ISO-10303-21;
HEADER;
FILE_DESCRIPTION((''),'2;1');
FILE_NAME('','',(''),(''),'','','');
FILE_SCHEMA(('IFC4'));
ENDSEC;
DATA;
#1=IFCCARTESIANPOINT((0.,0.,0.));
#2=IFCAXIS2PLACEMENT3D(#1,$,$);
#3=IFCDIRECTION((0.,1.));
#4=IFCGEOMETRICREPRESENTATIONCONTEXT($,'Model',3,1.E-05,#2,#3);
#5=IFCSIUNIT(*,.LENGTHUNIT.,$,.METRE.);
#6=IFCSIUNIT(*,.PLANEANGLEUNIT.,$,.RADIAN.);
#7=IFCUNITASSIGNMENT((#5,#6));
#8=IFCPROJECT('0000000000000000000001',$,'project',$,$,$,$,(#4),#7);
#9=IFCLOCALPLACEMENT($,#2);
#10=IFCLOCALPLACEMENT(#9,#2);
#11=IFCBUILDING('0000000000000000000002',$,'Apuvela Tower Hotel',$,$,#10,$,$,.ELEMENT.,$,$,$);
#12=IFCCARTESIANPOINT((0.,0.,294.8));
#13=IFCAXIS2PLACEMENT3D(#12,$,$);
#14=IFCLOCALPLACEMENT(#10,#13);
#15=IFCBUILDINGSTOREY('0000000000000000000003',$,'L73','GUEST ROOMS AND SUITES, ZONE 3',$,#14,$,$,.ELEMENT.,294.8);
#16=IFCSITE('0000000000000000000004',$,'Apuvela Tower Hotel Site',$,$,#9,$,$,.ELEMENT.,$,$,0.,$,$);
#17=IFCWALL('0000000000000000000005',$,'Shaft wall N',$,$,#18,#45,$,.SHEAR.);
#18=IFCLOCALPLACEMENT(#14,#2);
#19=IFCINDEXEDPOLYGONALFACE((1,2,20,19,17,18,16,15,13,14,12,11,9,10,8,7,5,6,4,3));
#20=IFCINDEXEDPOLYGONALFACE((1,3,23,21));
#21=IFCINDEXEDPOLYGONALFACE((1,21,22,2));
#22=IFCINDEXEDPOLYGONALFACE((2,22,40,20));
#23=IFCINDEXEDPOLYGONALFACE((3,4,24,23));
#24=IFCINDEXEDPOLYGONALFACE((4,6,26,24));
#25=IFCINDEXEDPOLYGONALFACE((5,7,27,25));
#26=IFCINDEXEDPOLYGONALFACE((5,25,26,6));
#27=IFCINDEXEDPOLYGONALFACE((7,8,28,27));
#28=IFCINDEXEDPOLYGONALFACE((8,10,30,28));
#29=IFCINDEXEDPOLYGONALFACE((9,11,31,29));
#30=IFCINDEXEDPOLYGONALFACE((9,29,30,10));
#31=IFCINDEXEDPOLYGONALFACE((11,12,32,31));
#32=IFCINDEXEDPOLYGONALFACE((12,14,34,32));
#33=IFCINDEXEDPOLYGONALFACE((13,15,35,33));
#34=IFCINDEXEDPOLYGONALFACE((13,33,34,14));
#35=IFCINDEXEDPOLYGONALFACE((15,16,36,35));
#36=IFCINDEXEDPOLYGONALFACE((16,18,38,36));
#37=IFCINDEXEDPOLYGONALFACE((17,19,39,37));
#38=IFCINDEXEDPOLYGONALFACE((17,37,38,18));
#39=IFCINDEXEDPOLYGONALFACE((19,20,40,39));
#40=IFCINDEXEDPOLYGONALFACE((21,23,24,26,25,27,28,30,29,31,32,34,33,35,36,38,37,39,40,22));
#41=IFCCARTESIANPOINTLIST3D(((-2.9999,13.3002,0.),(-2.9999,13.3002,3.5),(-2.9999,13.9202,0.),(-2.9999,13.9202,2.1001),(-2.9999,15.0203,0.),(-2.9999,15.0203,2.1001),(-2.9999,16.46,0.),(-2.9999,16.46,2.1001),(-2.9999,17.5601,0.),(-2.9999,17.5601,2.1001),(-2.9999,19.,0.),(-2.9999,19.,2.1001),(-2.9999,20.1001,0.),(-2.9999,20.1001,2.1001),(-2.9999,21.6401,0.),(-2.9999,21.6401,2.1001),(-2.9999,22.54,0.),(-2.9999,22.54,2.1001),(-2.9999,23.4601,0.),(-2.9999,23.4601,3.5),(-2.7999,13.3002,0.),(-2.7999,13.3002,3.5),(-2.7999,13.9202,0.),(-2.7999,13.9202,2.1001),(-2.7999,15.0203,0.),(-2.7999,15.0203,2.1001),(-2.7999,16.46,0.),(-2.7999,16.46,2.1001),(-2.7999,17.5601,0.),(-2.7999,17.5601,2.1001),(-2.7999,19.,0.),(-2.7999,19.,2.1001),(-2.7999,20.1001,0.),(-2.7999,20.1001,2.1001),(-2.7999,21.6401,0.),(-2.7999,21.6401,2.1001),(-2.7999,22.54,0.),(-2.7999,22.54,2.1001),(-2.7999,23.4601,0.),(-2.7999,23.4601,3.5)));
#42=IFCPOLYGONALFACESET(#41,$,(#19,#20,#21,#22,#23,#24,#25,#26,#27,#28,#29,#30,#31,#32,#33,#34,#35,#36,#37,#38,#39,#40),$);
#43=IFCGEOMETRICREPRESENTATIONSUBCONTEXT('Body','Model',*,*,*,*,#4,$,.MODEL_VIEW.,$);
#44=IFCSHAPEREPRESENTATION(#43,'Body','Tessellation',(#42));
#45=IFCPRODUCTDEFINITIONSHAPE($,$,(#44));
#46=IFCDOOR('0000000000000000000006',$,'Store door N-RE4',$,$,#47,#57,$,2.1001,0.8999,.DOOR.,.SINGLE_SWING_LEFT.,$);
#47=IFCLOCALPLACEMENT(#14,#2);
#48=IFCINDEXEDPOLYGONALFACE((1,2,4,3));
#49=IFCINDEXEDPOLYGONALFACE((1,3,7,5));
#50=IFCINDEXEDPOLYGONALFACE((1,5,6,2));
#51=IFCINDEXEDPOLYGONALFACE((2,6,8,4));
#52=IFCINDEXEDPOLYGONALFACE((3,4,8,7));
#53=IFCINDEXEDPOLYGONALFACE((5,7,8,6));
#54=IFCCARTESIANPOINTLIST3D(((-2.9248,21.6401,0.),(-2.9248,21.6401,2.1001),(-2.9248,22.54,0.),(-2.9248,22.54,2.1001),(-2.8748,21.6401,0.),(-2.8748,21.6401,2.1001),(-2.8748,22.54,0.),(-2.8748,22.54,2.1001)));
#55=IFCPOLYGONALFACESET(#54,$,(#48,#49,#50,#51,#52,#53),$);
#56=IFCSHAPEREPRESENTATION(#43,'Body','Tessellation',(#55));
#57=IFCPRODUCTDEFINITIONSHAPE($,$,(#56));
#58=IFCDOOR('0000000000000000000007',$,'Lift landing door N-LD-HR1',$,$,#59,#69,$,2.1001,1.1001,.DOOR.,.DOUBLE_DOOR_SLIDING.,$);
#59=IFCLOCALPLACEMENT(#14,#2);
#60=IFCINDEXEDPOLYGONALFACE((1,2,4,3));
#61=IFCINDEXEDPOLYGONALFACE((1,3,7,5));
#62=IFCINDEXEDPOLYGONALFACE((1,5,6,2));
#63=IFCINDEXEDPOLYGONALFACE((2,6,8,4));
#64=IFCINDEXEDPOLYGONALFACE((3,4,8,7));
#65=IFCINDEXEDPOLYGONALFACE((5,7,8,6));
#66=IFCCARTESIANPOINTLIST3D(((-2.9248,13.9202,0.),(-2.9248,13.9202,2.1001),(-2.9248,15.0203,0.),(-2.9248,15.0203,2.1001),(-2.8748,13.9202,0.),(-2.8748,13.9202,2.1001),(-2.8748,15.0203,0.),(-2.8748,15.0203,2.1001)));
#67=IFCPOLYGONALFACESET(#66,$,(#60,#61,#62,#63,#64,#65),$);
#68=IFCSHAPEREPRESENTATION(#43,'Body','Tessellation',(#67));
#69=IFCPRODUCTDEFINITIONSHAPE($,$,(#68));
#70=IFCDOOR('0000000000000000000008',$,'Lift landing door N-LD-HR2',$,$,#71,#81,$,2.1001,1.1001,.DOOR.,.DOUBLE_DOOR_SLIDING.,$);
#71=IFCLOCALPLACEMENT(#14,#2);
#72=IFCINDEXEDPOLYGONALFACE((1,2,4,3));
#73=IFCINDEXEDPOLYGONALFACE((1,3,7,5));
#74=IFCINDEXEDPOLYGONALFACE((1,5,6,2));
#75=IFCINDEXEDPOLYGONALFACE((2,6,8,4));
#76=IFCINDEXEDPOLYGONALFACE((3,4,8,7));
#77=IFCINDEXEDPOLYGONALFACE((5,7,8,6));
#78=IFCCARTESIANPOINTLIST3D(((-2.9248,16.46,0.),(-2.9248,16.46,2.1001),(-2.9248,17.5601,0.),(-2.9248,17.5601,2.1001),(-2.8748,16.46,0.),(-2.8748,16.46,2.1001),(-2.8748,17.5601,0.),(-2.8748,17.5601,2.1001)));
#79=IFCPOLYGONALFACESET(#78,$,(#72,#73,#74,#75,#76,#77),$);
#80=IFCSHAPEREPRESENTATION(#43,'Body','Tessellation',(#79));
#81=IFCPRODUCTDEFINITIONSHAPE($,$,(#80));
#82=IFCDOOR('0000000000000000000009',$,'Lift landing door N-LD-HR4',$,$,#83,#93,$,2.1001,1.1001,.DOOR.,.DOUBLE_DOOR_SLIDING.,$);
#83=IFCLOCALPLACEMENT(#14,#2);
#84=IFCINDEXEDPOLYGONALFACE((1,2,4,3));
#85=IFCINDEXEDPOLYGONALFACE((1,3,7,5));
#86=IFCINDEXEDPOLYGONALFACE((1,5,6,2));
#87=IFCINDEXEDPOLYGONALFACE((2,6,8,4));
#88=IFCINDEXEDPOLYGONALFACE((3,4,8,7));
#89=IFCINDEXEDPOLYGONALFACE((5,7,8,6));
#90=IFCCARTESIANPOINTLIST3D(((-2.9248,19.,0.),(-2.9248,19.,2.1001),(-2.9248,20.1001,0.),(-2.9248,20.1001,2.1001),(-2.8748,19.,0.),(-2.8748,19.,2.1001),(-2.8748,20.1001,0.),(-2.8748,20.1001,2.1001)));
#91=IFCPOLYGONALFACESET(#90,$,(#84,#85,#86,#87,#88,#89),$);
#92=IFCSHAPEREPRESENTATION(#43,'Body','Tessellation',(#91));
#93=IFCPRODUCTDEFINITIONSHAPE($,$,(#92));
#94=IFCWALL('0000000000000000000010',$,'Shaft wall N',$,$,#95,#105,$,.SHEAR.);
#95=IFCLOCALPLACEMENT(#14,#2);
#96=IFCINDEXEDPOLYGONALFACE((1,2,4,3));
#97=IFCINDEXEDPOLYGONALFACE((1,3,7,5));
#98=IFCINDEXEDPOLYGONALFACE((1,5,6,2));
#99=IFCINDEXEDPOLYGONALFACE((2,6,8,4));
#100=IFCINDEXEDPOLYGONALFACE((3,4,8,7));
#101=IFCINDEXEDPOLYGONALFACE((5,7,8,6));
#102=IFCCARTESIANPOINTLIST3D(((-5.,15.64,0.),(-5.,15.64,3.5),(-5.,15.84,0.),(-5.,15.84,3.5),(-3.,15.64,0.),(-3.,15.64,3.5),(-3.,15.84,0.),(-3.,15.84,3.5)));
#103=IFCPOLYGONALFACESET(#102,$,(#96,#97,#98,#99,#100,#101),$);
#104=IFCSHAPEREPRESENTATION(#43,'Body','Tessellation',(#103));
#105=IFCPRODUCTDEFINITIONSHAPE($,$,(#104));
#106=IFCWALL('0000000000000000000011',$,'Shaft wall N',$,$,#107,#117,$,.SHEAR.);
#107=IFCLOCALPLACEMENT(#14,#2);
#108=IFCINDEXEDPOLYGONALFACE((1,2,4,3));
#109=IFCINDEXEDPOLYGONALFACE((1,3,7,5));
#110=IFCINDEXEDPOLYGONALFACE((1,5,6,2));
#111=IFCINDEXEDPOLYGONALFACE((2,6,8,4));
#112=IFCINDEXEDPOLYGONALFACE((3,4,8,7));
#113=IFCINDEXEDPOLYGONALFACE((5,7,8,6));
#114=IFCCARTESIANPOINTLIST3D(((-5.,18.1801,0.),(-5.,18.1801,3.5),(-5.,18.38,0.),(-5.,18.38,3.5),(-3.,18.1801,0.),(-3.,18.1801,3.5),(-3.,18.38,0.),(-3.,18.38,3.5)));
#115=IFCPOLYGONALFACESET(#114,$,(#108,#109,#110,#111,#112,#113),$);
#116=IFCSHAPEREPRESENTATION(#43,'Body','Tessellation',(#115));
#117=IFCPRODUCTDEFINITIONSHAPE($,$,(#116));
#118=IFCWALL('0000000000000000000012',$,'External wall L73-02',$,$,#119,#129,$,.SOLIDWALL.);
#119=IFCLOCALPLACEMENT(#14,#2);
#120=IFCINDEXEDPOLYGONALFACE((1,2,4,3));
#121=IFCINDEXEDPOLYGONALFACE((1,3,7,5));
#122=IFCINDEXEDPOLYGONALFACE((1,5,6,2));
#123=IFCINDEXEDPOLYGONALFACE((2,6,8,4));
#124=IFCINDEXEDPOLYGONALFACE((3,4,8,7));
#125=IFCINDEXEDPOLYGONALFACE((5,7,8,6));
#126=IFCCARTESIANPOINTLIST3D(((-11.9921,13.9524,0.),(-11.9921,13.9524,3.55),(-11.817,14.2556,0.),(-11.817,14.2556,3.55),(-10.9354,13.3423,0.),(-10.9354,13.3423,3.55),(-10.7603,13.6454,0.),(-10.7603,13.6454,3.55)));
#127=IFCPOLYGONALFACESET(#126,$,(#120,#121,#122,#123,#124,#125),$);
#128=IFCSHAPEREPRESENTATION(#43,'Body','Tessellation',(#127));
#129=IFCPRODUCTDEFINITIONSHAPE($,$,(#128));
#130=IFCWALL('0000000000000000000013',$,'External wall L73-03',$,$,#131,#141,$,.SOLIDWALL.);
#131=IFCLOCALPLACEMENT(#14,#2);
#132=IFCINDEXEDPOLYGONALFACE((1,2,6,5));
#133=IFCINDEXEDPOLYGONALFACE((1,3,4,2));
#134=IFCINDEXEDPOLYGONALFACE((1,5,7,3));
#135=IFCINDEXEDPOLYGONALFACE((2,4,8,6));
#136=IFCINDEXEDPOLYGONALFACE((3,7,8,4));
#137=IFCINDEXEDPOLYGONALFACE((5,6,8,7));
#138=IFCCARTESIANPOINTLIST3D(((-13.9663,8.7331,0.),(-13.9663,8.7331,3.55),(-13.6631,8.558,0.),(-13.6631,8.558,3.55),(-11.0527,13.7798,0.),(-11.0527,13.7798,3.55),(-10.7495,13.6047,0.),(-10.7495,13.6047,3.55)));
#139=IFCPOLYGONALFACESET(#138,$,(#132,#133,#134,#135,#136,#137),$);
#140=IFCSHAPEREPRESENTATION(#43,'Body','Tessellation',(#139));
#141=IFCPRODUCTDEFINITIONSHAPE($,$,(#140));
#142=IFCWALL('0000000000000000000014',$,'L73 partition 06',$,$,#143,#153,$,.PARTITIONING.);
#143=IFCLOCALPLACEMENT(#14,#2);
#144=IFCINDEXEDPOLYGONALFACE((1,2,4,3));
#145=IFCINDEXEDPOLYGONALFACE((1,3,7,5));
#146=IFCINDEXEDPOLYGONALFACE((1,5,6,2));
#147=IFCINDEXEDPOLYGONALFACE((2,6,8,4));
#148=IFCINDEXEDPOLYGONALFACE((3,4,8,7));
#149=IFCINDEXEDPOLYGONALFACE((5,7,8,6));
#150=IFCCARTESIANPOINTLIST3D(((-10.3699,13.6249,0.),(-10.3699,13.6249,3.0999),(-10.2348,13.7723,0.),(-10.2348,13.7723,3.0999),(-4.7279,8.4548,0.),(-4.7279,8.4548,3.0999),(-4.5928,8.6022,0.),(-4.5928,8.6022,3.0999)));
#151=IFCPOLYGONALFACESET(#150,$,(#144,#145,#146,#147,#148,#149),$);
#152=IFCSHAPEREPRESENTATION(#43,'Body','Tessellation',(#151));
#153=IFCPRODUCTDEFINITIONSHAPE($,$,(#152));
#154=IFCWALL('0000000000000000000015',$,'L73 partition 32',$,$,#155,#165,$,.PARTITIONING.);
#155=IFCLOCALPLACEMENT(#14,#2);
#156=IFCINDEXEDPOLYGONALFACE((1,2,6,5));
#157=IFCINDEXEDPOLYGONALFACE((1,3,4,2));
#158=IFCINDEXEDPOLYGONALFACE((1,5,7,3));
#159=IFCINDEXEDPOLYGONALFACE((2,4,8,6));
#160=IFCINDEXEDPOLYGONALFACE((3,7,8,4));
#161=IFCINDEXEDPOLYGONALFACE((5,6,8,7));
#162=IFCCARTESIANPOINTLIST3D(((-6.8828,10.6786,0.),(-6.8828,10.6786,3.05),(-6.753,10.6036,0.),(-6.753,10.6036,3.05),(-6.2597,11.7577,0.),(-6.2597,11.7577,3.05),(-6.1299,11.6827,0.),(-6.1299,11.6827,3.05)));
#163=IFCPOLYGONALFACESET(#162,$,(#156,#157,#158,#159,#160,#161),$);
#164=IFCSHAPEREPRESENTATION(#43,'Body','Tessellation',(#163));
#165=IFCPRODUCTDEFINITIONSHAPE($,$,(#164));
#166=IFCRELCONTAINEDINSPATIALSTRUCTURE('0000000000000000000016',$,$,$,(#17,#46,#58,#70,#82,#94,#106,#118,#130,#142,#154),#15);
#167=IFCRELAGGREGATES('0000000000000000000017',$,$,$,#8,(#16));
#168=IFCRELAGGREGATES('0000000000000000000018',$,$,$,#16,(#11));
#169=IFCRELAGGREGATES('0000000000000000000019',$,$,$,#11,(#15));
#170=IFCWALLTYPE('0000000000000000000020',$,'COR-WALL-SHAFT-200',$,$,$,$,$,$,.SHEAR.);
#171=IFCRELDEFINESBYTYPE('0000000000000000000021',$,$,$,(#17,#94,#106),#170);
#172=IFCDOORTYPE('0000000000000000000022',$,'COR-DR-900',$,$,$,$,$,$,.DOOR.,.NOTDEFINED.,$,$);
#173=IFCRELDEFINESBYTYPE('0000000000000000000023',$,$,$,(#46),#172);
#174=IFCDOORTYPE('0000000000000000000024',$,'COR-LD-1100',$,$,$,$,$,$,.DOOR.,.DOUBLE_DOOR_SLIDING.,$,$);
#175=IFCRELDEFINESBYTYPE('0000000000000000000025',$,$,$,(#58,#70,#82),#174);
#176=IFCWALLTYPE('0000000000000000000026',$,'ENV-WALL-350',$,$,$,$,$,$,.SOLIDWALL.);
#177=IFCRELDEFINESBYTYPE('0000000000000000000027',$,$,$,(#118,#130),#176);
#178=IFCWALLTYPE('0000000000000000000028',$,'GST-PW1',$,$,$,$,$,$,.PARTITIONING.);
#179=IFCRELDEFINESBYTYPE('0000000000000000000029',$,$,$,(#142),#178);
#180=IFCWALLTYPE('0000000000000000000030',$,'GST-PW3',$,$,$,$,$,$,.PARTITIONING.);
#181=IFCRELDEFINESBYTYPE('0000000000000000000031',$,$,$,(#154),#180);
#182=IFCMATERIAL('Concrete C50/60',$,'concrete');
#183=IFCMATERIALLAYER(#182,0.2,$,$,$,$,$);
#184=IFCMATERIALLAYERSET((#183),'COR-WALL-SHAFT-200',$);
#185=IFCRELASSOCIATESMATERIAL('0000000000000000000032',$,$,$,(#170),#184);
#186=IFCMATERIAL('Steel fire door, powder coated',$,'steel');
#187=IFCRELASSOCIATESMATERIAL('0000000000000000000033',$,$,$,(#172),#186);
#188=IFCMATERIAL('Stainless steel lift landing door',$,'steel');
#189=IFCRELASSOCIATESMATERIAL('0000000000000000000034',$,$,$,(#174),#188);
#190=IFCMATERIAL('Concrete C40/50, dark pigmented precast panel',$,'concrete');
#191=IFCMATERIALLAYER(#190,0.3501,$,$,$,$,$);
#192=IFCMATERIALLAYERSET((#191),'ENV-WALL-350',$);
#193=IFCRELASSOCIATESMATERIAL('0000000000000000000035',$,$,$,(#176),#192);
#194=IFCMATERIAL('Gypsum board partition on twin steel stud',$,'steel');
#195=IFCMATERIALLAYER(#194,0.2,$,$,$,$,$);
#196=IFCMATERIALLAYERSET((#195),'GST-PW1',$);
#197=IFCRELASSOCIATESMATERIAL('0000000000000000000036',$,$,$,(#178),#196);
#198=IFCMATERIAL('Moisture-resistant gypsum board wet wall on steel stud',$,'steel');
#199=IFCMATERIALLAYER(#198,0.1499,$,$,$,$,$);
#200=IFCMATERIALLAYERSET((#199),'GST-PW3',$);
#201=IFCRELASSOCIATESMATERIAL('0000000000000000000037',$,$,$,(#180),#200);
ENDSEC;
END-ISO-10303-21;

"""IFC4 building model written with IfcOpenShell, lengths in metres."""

from ifc_helpers import new_model, si_unit, direction, frame, frame_2d, origin, place, context, subcontext, project, spatial, rectangle, extrude, material, layer, layer_set, type_object, element, fill, save


model = new_model("IFC4")

# Units and contexts
model_context = context("Model", 3, precision=1e-05, world=origin(), true_north=direction((0.0, 1.0)))
body_context = subcontext(model_context, "Body", "Model", "MODEL_VIEW")
ifc_project = project(units=[si_unit("LENGTHUNIT", "METRE"), si_unit("PLANEANGLEUNIT", "RADIAN")], contexts=[model_context])

# Site, building, storey
site_placement = place(None, origin())
site = spatial("IfcSite", under=ifc_project, at=site_placement, Name="Apuvela Tower Hotel Site", CompositionType="ELEMENT", RefElevation=0.0)
building_placement = place(site_placement, origin())
building = spatial("IfcBuilding", under=site, at=building_placement, Name="Apuvela Tower Hotel", CompositionType="ELEMENT")
storey_placement = place(building_placement, frame((0.0, 0.0, 294.8)))
storey = spatial("IfcBuildingStorey", under=building, at=storey_placement, Name="L73", Description="GUEST ROOMS AND SUITES, ZONE 3", CompositionType="ELEMENT", Elevation=294.8)

# Shared definitions
ifc_material_1 = material(Name="Concrete C50/60", Category="concrete")
ifc_layer_1 = layer(ifc_material_1, 0.2)
ifc_layer_set_1 = layer_set([ifc_layer_1], Name="COR-WALL-SHAFT-200")
wall_type_1 = type_object("IfcWallType", Name="COR-WALL-SHAFT-200", PredefinedType="SHEAR", material=ifc_layer_set_1)

# Wall, openings, doors
wall_1_placement = place(storey_placement, frame((-2.8999, 13.3, 0.0), z_axis=(0.0, 0.0, 1.0), x_axis=(0.0, 1.0, 0.0)))
wall_1 = element("IfcWall", 1, at=wall_1_placement, inside=storey, type_object=wall_type_1, Name="Shaft wall N", PredefinedType="SHEAR", context=body_context, shape_type="SweptSolid", body=[
    extrude(rectangle(XDim=10.1599, YDim=0.2, at=frame_2d((5.0801, 0.0))), origin(), (0.0, 0.0, 1.0), 3.5),
])
opening_1_placement = place(wall_1_placement, frame((0.6201, 0.0, 0.0)))
opening_1 = element("IfcOpeningElement", 2, at=opening_1_placement, cuts=wall_1, PredefinedType="OPENING", context=body_context, shape_type="SweptSolid", body=[
    extrude(rectangle(XDim=1.1001, YDim=2.1001, at=frame_2d((0.55, 1.05))), frame((0.0, 0.1099, 0.0), z_axis=(0.0, -1.0, 0.0), x_axis=(1.0, 0.0, 0.0)), (0.0, 0.0, 1.0), 0.22),
])
opening_2_placement = place(wall_1_placement, frame((3.1599, 0.0, 0.0)))
opening_2 = element("IfcOpeningElement", 3, at=opening_2_placement, cuts=wall_1, PredefinedType="OPENING", context=body_context, shape_type="SweptSolid", body=[
    extrude(rectangle(XDim=1.1001, YDim=2.1001, at=frame_2d((0.55, 1.05))), frame((0.0, 0.1099, 0.0), z_axis=(0.0, -1.0, 0.0), x_axis=(1.0, 0.0, 0.0)), (0.0, 0.0, 1.0), 0.22),
])
opening_3_placement = place(wall_1_placement, frame((5.7, 0.0, 0.0)))
opening_3 = element("IfcOpeningElement", 4, at=opening_3_placement, cuts=wall_1, PredefinedType="OPENING", context=body_context, shape_type="SweptSolid", body=[
    extrude(rectangle(XDim=1.1001, YDim=2.1001, at=frame_2d((0.55, 1.05))), frame((0.0, 0.1099, 0.0), z_axis=(0.0, -1.0, 0.0), x_axis=(1.0, 0.0, 0.0)), (0.0, 0.0, 1.0), 0.22),
])
opening_4_placement = place(wall_1_placement, frame((8.3401, 0.0, 0.0)))
opening_4 = element("IfcOpeningElement", 5, at=opening_4_placement, cuts=wall_1, PredefinedType="OPENING", context=body_context, shape_type="SweptSolid", body=[
    extrude(rectangle(XDim=0.8999, YDim=2.1001, at=frame_2d((0.45, 1.05))), frame((0.0, 0.1099, 0.0), z_axis=(0.0, -1.0, 0.0), x_axis=(1.0, 0.0, 0.0)), (0.0, 0.0, 1.0), 0.22),
])
ifc_material_2 = material(Name="Steel fire door, powder coated", Category="steel")
door_type_1 = type_object("IfcDoorType", Name="COR-DR-900", OperationType="NOTDEFINED", PredefinedType="DOOR", material=ifc_material_2)
door_1_placement = place(opening_4_placement, origin())
door_1 = element("IfcDoor", 6, at=door_1_placement, inside=storey, type_object=door_type_1, Name="Store door N-RE4", OperationType="SINGLE_SWING_LEFT", OverallHeight=2.1001, OverallWidth=0.8999, PredefinedType="DOOR", context=body_context, shape_type="SweptSolid", body=[
    extrude(rectangle(XDim=0.8999, YDim=2.1001, at=frame_2d((0.45, 1.05))), frame((0.0, 0.0249, 0.0), z_axis=(0.0, -1.0, 0.0), x_axis=(1.0, 0.0, 0.0)), (0.0, 0.0, 1.0), 0.05),
])
fill(opening_4, door_1)
ifc_material_3 = material(Name="Stainless steel lift landing door", Category="steel")
door_type_2 = type_object("IfcDoorType", Name="COR-LD-1100", OperationType="DOUBLE_DOOR_SLIDING", PredefinedType="DOOR", material=ifc_material_3)
door_2_placement = place(opening_1_placement, origin())
door_2 = element("IfcDoor", 7, at=door_2_placement, inside=storey, type_object=door_type_2, Name="Lift landing door N-LD-HR1", OperationType="DOUBLE_DOOR_SLIDING", OverallHeight=2.1001, OverallWidth=1.1001, PredefinedType="DOOR", context=body_context, shape_type="SweptSolid", body=[
    extrude(rectangle(XDim=1.1001, YDim=2.1001, at=frame_2d((0.55, 1.05))), frame((0.0, 0.0249, 0.0), z_axis=(0.0, -1.0, 0.0), x_axis=(1.0, 0.0, 0.0)), (0.0, 0.0, 1.0), 0.05),
])
fill(opening_1, door_2)
door_3_placement = place(opening_2_placement, origin())
door_3 = element("IfcDoor", 8, at=door_3_placement, inside=storey, type_object=door_type_2, Name="Lift landing door N-LD-HR2", OperationType="DOUBLE_DOOR_SLIDING", OverallHeight=2.1001, OverallWidth=1.1001, PredefinedType="DOOR", context=body_context, shape_type="SweptSolid", body=[
    extrude(rectangle(XDim=1.1001, YDim=2.1001, at=frame_2d((0.55, 1.05))), frame((0.0, 0.0249, 0.0), z_axis=(0.0, -1.0, 0.0), x_axis=(1.0, 0.0, 0.0)), (0.0, 0.0, 1.0), 0.05),
])
fill(opening_2, door_3)
door_4_placement = place(opening_3_placement, origin())
door_4 = element("IfcDoor", 9, at=door_4_placement, inside=storey, type_object=door_type_2, Name="Lift landing door N-LD-HR4", OperationType="DOUBLE_DOOR_SLIDING", OverallHeight=2.1001, OverallWidth=1.1001, PredefinedType="DOOR", context=body_context, shape_type="SweptSolid", body=[
    extrude(rectangle(XDim=1.1001, YDim=2.1001, at=frame_2d((0.55, 1.05))), frame((0.0, 0.0249, 0.0), z_axis=(0.0, -1.0, 0.0), x_axis=(1.0, 0.0, 0.0)), (0.0, 0.0, 1.0), 0.05),
])
fill(opening_3, door_4)

# Walls
for number, where, z_axis, x_axis, name in (
    (10, (-3.0, 15.74, 0.0), (0.0, 0.0, 1.0), (-1.0, 0.0, 0.0), "Shaft wall N"),
    (11, (-3.0, 18.28, 0.0), (0.0, 0.0, 1.0), (-1.0, 0.0, 0.0), "Shaft wall N"),
):
    element("IfcWall", number, at=place(storey_placement, frame(where, z_axis=z_axis, x_axis=x_axis)), inside=storey, type_object=wall_type_1, Name=name, PredefinedType="SHEAR", context=body_context, shape_type="SweptSolid", body=[
        extrude(rectangle(XDim=2.0, YDim=0.2, at=frame_2d((1.0, 0.0))), origin(), (0.0, 0.0, 1.0), 3.5),
    ])
ifc_material_4 = material(Name="Concrete C40/50, dark pigmented precast panel", Category="concrete")
ifc_layer_2 = layer(ifc_material_4, 0.3501)
ifc_layer_set_2 = layer_set([ifc_layer_2], Name="ENV-WALL-350")
wall_type_2 = type_object("IfcWallType", Name="ENV-WALL-350", PredefinedType="SOLIDWALL", material=ifc_layer_set_2)
wall_2_placement = place(storey_placement, frame((-11.9045, 14.104, 0.0), z_axis=(0.0, 0.0, 1.0), x_axis=(0.866006, -0.500034, 0.0)))
element("IfcWall", 12, at=wall_2_placement, inside=storey, type_object=wall_type_2, Name="External wall L73-02", PredefinedType="SOLIDWALL", context=body_context, shape_type="SweptSolid", body=[
    extrude(rectangle(XDim=1.2202, YDim=0.3501, at=frame_2d((0.6101, 0.0))), origin(), (0.0, 0.0, 1.0), 3.55),
])
wall_3_placement = place(storey_placement, frame((-10.9011, 13.6921, 0.0), z_axis=(0.0, 0.0, 1.0), x_axis=(-0.499987, -0.866033, 0.0)))
element("IfcWall", 13, at=wall_3_placement, inside=storey, type_object=wall_type_2, Name="External wall L73-03", PredefinedType="SOLIDWALL", context=body_context, shape_type="SweptSolid", body=[
    extrude(rectangle(XDim=5.8274, YDim=0.3501, at=frame_2d((2.9136, 0.0))), origin(), (0.0, 0.0, 1.0), 3.55),
])
ifc_material_5 = material(Name="Gypsum board partition on twin steel stud", Category="steel")
ifc_layer_3 = layer(ifc_material_5, 0.2)
ifc_layer_set_3 = layer_set([ifc_layer_3], Name="GST-PW1")
wall_type_3 = type_object("IfcWallType", Name="GST-PW1", PredefinedType="PARTITIONING", material=ifc_layer_set_3)
wall_4_placement = place(storey_placement, frame((-10.3022, 13.6985, 0.0), z_axis=(0.0, 0.0, 1.0), x_axis=(0.737268, -0.6756, 0.0)))
element("IfcWall", 14, at=wall_4_placement, inside=storey, type_object=wall_type_3, Name="L73 partition 06", PredefinedType="PARTITIONING", context=body_context, shape_type="SweptSolid", body=[
    extrude(rectangle(XDim=7.6526, YDim=0.2, at=frame_2d((3.8262, 0.0))), origin(), (0.0, 0.0, 1.0), 3.0999),
])
ifc_material_6 = material(Name="Moisture-resistant gypsum board wet wall on steel stud", Category="steel")
ifc_layer_4 = layer(ifc_material_6, 0.1499)
ifc_layer_set_4 = layer_set([ifc_layer_4], Name="GST-PW3")
wall_type_4 = type_object("IfcWallType", Name="GST-PW3", PredefinedType="PARTITIONING", material=ifc_layer_set_4)
wall_5_placement = place(storey_placement, frame((-6.1948, 11.7202, 0.0), z_axis=(0.0, 0.0, 1.0), x_axis=(-0.500016, -0.866016, 0.0)))
element("IfcWall", 15, at=wall_5_placement, inside=storey, type_object=wall_type_4, Name="L73 partition 32", PredefinedType="PARTITIONING", context=body_context, shape_type="SweptSolid", body=[
    extrude(rectangle(XDim=1.2461, YDim=0.1499, at=frame_2d((0.623, 0.0))), origin(), (0.0, 0.0, 1.0), 3.05),
])

save(model, "model.ifc")
